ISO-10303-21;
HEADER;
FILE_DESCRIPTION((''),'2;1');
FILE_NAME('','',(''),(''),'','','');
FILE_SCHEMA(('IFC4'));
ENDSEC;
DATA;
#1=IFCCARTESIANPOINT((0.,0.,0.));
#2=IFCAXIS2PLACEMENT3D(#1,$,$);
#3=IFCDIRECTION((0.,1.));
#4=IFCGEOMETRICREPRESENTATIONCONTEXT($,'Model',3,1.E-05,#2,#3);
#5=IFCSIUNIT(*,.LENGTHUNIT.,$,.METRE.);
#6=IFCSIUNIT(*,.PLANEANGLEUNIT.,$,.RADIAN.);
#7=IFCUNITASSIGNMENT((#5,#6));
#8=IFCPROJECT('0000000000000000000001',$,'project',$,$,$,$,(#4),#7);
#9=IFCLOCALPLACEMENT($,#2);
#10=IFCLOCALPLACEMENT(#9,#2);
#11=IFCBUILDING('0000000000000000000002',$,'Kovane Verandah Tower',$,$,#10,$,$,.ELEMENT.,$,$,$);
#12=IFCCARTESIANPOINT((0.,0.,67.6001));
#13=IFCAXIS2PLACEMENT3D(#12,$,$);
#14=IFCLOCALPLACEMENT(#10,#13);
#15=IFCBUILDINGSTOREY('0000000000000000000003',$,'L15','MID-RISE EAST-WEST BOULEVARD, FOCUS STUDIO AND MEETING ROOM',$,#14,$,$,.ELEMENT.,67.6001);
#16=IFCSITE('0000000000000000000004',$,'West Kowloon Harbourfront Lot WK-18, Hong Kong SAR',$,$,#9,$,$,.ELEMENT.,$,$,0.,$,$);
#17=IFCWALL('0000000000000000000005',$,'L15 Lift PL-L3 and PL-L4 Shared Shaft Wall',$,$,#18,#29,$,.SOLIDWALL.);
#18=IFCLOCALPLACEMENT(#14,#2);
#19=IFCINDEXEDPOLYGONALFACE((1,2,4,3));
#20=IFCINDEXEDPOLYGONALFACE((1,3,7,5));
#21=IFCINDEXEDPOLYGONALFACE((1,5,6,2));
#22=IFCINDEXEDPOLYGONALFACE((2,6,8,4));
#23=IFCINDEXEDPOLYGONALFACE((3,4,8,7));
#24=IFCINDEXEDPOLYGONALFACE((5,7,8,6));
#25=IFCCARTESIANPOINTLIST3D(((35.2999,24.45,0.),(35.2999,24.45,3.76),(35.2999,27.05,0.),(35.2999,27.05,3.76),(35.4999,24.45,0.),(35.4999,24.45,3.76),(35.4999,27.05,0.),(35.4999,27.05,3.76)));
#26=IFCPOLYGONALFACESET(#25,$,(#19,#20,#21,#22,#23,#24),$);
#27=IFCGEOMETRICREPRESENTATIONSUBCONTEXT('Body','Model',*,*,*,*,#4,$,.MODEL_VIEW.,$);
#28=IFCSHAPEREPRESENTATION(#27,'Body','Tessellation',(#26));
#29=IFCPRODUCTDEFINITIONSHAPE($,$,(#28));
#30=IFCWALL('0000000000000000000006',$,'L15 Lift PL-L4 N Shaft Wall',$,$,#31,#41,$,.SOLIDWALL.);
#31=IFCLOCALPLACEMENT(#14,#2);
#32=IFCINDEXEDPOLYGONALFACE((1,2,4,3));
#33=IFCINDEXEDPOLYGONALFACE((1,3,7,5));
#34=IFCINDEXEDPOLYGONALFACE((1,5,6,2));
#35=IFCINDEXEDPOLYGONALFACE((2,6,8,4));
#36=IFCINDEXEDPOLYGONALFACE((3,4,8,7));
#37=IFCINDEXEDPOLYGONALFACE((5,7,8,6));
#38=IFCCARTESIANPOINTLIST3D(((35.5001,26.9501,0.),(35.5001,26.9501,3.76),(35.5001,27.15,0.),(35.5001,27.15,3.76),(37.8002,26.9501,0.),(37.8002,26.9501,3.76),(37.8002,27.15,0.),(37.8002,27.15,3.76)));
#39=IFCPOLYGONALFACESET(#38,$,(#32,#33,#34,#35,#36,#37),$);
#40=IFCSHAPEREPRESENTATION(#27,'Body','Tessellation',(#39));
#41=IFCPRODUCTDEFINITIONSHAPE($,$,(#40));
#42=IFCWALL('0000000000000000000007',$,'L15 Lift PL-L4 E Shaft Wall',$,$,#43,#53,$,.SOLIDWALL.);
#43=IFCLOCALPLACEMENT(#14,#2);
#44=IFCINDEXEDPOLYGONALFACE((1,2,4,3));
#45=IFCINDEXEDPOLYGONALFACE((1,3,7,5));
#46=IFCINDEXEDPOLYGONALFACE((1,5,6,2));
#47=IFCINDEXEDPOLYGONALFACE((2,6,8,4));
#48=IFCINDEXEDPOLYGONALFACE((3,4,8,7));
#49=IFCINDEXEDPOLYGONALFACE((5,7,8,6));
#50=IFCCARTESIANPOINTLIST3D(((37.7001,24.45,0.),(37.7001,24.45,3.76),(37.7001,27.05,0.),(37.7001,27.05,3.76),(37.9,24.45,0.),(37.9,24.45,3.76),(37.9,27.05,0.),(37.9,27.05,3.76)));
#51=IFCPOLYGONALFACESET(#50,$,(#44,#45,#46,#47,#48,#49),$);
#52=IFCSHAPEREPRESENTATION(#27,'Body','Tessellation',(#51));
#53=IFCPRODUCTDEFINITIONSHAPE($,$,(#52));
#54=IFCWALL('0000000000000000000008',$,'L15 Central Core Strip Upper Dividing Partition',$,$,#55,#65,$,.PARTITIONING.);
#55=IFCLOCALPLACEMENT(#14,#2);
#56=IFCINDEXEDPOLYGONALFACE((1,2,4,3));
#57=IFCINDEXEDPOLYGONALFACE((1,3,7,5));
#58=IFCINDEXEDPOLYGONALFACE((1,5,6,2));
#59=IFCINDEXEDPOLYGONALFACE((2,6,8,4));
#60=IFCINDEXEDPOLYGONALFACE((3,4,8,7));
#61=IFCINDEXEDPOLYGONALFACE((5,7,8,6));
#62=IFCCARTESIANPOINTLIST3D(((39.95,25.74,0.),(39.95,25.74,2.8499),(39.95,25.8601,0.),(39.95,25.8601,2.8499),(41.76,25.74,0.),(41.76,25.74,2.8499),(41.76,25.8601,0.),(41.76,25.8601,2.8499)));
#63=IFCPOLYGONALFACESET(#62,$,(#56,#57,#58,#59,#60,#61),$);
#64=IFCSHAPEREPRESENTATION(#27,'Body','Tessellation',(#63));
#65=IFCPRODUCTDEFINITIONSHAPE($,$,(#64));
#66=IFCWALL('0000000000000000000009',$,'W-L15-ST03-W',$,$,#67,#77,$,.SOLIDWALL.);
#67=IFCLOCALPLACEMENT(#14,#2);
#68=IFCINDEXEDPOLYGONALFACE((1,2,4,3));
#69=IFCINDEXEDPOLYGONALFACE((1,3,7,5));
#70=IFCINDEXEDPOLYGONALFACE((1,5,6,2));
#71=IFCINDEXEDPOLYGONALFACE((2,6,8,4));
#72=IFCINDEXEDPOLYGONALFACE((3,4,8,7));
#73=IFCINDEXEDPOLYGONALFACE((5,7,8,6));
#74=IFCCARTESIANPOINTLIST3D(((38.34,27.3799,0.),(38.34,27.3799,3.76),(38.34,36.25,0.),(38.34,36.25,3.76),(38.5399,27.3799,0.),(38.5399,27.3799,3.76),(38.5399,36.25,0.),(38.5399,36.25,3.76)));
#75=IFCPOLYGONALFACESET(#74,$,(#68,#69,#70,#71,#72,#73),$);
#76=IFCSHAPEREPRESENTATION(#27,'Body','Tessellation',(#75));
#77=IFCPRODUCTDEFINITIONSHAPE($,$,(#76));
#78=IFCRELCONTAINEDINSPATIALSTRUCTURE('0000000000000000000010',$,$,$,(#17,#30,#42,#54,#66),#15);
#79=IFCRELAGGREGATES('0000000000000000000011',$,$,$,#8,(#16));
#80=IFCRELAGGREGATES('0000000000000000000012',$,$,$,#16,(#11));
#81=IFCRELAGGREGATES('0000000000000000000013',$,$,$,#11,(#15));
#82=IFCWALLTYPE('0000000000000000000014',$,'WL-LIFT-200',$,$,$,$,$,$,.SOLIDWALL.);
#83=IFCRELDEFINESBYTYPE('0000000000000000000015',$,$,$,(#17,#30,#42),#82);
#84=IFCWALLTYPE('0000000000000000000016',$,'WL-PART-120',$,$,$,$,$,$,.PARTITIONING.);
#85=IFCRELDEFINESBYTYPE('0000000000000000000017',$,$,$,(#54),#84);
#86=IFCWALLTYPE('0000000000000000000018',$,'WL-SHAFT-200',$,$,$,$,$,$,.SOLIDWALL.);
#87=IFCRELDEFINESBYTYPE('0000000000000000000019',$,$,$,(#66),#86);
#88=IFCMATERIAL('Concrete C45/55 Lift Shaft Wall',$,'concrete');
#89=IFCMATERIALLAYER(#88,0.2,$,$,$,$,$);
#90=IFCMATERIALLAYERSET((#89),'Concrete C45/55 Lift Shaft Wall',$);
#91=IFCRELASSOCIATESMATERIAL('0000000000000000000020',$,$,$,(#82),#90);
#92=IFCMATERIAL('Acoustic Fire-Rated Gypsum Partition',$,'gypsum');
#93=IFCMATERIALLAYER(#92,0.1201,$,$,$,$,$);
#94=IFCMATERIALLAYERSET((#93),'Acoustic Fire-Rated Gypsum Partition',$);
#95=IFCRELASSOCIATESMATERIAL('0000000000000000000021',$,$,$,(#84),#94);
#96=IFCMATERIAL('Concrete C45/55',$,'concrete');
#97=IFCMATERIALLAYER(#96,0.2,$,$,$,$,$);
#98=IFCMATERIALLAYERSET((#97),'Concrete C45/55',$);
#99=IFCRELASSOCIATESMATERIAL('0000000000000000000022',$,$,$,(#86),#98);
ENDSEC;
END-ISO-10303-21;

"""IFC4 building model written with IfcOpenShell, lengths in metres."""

from ifc_helpers import new_model, si_unit, direction, frame, frame_2d, origin, place, context, subcontext, project, spatial, rectangle, extrude, material, layer, layer_set, type_object, element, save


model = new_model("IFC4")

# Units and contexts
model_context = context("Model", 3, precision=1e-05, world=origin(), true_north=direction((0.0, 1.0)))
body_context = subcontext(model_context, "Body", "Model", "MODEL_VIEW")
ifc_project = project(units=[si_unit("LENGTHUNIT", "METRE"), si_unit("PLANEANGLEUNIT", "RADIAN")], contexts=[model_context])

# Site, building, storey
site_placement = place(None, origin())
site = spatial("IfcSite", under=ifc_project, at=site_placement, Name="West Kowloon Harbourfront Lot WK-18, Hong Kong SAR", CompositionType="ELEMENT", RefElevation=0.0)
building_placement = place(site_placement, origin())
building = spatial("IfcBuilding", under=site, at=building_placement, Name="Kovane Verandah Tower", CompositionType="ELEMENT")
storey_placement = place(building_placement, frame((0.0, 0.0, 67.6001)))
storey = spatial("IfcBuildingStorey", under=building, at=storey_placement, Name="L15", Description="MID-RISE EAST-WEST BOULEVARD, FOCUS STUDIO AND MEETING ROOM", CompositionType="ELEMENT", Elevation=67.6001)

# Shared definitions
ifc_material_1 = material(Name="Concrete C45/55 Lift Shaft Wall", Category="concrete")
ifc_layer_1 = layer(ifc_material_1, 0.2)
ifc_layer_set_1 = layer_set([ifc_layer_1], Name="Concrete C45/55 Lift Shaft Wall")
wall_type_1 = type_object("IfcWallType", Name="WL-LIFT-200", PredefinedType="SOLIDWALL", material=ifc_layer_set_1)

# Wall
wall_1_placement = place(storey_placement, frame((35.3999, 24.45, 0.0), z_axis=(0.0, 0.0, 1.0), x_axis=(0.0, 1.0, 0.0)))
element("IfcWall", 1, at=wall_1_placement, inside=storey, type_object=wall_type_1, Name="L15 Lift PL-L3 and PL-L4 Shared Shaft Wall", PredefinedType="SOLIDWALL", context=body_context, shape_type="SweptSolid", body=[
    extrude(rectangle(XDim=2.6001, YDim=0.2, at=frame_2d((1.3, 0.0))), origin(), (0.0, 0.0, 1.0), 3.76),
])

# Walls
wall_2_placement = place(storey_placement, frame((37.8, 27.05, 0.0), z_axis=(0.0, 0.0, 1.0), x_axis=(-1.0, 0.0, 0.0)))
element("IfcWall", 2, at=wall_2_placement, inside=storey, type_object=wall_type_1, Name="L15 Lift PL-L4 N Shaft Wall", PredefinedType="SOLIDWALL", context=body_context, shape_type="SweptSolid", body=[
    extrude(rectangle(XDim=2.3, YDim=0.2, at=frame_2d((1.1499, 0.0))), origin(), (0.0, 0.0, 1.0), 3.76),
])
wall_3_placement = place(storey_placement, frame((37.8, 24.45, 0.0), z_axis=(0.0, 0.0, 1.0), x_axis=(0.0, 1.0, 0.0)))
element("IfcWall", 3, at=wall_3_placement, inside=storey, type_object=wall_type_1, Name="L15 Lift PL-L4 E Shaft Wall", PredefinedType="SOLIDWALL", context=body_context, shape_type="SweptSolid", body=[
    extrude(rectangle(XDim=2.6001, YDim=0.2, at=frame_2d((1.3, 0.0))), origin(), (0.0, 0.0, 1.0), 3.76),
])
ifc_material_2 = material(Name="Acoustic Fire-Rated Gypsum Partition", Category="gypsum")
ifc_layer_2 = layer(ifc_material_2, 0.1201)
ifc_layer_set_2 = layer_set([ifc_layer_2], Name="Acoustic Fire-Rated Gypsum Partition")
wall_type_2 = type_object("IfcWallType", Name="WL-PART-120", PredefinedType="PARTITIONING", material=ifc_layer_set_2)
wall_4_placement = place(storey_placement, frame((39.95, 25.8, 0.0), z_axis=(0.0, 0.0, 1.0), x_axis=(1.0, 0.0, 0.0)))
element("IfcWall", 4, at=wall_4_placement, inside=storey, type_object=wall_type_2, Name="L15 Central Core Strip Upper Dividing Partition", PredefinedType="PARTITIONING", context=body_context, shape_type="SweptSolid", body=[
    extrude(rectangle(XDim=1.8101, YDim=0.1201, at=frame_2d((0.905, 0.0))), origin(), (0.0, 0.0, 1.0), 2.8499),
])
ifc_material_3 = material(Name="Concrete C45/55", Category="concrete")
ifc_layer_3 = layer(ifc_material_3, 0.2)
ifc_layer_set_3 = layer_set([ifc_layer_3], Name="Concrete C45/55")
wall_type_3 = type_object("IfcWallType", Name="WL-SHAFT-200", PredefinedType="SOLIDWALL", material=ifc_layer_set_3)
wall_5_placement = place(storey_placement, frame((38.4399, 27.3799, 0.0), z_axis=(0.0, 0.0, 1.0), x_axis=(0.0, 1.0, 0.0)))
element("IfcWall", 5, at=wall_5_placement, inside=storey, type_object=wall_type_3, Name="W-L15-ST03-W", PredefinedType="SOLIDWALL", context=body_context, shape_type="SweptSolid", body=[
    extrude(rectangle(XDim=8.8701, YDim=0.2, at=frame_2d((4.4351, 0.0))), origin(), (0.0, 0.0, 1.0), 3.76),
])

save(model, "model.ifc")
